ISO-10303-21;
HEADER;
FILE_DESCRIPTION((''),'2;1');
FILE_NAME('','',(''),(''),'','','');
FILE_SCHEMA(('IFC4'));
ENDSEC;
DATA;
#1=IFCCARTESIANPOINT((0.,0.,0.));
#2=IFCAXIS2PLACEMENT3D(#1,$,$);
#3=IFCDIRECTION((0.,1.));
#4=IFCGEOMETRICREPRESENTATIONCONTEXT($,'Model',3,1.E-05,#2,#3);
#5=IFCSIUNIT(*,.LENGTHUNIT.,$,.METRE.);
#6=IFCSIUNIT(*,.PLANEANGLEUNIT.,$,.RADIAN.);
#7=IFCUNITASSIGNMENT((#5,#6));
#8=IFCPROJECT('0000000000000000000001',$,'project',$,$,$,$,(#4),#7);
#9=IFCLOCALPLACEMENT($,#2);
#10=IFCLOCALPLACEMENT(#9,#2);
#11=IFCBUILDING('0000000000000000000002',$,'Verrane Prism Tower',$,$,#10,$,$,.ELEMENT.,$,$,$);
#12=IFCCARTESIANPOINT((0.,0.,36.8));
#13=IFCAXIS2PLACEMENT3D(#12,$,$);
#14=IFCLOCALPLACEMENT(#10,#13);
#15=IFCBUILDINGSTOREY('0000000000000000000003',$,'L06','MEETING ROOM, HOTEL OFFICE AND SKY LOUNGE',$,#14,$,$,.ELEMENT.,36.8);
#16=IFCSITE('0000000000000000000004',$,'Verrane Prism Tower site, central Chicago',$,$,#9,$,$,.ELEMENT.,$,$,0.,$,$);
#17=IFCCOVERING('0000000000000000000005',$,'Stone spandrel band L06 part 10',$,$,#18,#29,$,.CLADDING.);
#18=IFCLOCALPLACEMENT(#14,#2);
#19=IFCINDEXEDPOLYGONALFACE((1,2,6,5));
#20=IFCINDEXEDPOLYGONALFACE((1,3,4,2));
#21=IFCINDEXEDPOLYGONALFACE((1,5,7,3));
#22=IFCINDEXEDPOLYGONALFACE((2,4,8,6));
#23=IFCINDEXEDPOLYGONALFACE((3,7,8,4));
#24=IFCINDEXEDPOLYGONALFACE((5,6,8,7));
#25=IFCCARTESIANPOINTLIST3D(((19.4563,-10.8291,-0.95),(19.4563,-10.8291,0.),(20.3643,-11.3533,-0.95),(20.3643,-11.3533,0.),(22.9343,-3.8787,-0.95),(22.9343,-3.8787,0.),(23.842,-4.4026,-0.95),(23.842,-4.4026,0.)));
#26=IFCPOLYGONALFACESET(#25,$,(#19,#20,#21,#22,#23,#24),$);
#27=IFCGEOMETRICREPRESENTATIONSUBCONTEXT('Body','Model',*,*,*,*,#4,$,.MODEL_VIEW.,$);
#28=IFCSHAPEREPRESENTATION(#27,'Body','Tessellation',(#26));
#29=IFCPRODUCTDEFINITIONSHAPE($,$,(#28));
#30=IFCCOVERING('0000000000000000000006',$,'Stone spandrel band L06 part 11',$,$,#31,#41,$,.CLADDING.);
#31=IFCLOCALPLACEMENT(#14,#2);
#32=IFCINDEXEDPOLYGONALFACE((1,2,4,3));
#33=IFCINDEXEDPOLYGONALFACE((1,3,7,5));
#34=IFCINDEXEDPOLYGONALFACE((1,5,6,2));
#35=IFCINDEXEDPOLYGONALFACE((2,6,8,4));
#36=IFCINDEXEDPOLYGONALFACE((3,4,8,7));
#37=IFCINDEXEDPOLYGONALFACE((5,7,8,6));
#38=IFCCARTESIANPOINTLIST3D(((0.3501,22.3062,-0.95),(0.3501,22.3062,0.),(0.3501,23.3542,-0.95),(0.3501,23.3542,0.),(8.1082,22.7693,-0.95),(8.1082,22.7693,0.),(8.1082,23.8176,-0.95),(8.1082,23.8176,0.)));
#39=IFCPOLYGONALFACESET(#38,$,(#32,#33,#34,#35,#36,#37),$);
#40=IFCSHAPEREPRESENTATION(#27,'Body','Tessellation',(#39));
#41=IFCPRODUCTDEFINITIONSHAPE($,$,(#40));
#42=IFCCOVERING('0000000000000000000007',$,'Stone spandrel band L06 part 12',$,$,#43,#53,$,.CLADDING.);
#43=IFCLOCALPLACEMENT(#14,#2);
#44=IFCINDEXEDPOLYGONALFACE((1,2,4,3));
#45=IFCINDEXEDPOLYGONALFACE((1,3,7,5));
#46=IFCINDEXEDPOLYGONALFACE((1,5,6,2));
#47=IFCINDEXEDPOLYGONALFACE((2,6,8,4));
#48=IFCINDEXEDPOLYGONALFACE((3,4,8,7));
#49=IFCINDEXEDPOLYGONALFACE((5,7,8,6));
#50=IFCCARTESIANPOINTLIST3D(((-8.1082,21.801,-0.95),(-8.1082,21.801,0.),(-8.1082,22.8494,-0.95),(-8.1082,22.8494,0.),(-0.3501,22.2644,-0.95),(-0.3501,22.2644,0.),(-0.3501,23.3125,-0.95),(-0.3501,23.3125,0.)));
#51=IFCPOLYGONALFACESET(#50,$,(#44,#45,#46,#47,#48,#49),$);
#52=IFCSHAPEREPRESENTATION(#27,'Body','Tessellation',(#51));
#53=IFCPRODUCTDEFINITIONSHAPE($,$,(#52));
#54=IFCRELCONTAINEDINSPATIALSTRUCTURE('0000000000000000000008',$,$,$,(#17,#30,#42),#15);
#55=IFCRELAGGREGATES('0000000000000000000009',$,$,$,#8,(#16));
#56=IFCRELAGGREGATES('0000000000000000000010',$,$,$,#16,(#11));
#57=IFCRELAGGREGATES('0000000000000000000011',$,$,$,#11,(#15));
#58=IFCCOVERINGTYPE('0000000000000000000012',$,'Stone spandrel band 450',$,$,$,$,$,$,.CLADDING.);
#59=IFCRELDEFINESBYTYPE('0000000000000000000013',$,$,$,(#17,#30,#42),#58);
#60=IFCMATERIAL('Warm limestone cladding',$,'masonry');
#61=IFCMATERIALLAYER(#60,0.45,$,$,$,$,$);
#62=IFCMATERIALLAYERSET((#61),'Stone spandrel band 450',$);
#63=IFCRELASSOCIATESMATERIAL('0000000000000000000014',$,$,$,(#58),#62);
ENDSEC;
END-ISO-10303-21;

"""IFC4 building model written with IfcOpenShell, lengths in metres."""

from ifc_helpers import new_model, si_unit, direction, frame, origin, place, context, subcontext, project, spatial, polyline, outline, extrude, material, layer, layer_set, type_object, element, save


model = new_model("IFC4")

# Units and contexts
model_context = context("Model", 3, precision=1e-05, world=origin(), true_north=direction((0.0, 1.0)))
body_context = subcontext(model_context, "Body", "Model", "MODEL_VIEW")
ifc_project = project(units=[si_unit("LENGTHUNIT", "METRE"), si_unit("PLANEANGLEUNIT", "RADIAN")], contexts=[model_context])

# Site, building, storey
site_placement = place(None, origin())
site = spatial("IfcSite", under=ifc_project, at=site_placement, Name="Verrane Prism Tower site, central Chicago", CompositionType="ELEMENT", RefElevation=0.0)
building_placement = place(site_placement, origin())
building = spatial("IfcBuilding", under=site, at=building_placement, Name="Verrane Prism Tower", CompositionType="ELEMENT")
storey_placement = place(building_placement, frame((0.0, 0.0, 36.8)))
storey = spatial("IfcBuildingStorey", under=building, at=storey_placement, Name="L06", Description="MEETING ROOM, HOTEL OFFICE AND SKY LOUNGE", CompositionType="ELEMENT", Elevation=36.8)

# Coverings
ifc_material_1 = material(Name="Warm limestone cladding", Category="masonry")
ifc_layer_1 = layer(ifc_material_1, 0.45)
ifc_layer_set_1 = layer_set([ifc_layer_1], Name="Stone spandrel band 450")
covering_type_1 = type_object("IfcCoveringType", Name="Stone spandrel band 450", PredefinedType="CLADDING", material=ifc_layer_set_1)
covering_1_placement = place(storey_placement, frame((0.0, 0.0, -0.95)))
element("IfcCovering", 1, at=covering_1_placement, inside=storey, type_object=covering_type_1, Name="Stone spandrel band L06 part 10", PredefinedType="CLADDING", context=body_context, shape_type="SweptSolid", body=[
    extrude(outline(polyline([(22.9343, -3.8787), (19.4563, -10.8291), (20.3643, -11.3533), (23.842, -4.4026), (22.9343, -3.8787)])), origin(), (0.0, 0.0, 1.0), 0.95),
])
covering_2_placement = place(storey_placement, frame((0.0, 0.0, -0.95)))
element("IfcCovering", 2, at=covering_2_placement, inside=storey, type_object=covering_type_1, Name="Stone spandrel band L06 part 11", PredefinedType="CLADDING", context=body_context, shape_type="SweptSolid", body=[
    extrude(outline(polyline([(0.3501, 22.3062), (8.1082, 22.7693), (8.1082, 23.8176), (0.3501, 23.3542), (0.3501, 22.3062)])), origin(), (0.0, 0.0, 1.0), 0.95),
])
covering_3_placement = place(storey_placement, frame((0.0, 0.0, -0.95)))
element("IfcCovering", 3, at=covering_3_placement, inside=storey, type_object=covering_type_1, Name="Stone spandrel band L06 part 12", PredefinedType="CLADDING", context=body_context, shape_type="SweptSolid", body=[
    extrude(outline(polyline([(-8.1082, 22.8494), (-8.1082, 21.801), (-0.3501, 22.2644), (-0.3501, 23.3125), (-8.1082, 22.8494)])), origin(), (0.0, 0.0, 1.0), 0.95),
])

save(model, "model.ifc")
